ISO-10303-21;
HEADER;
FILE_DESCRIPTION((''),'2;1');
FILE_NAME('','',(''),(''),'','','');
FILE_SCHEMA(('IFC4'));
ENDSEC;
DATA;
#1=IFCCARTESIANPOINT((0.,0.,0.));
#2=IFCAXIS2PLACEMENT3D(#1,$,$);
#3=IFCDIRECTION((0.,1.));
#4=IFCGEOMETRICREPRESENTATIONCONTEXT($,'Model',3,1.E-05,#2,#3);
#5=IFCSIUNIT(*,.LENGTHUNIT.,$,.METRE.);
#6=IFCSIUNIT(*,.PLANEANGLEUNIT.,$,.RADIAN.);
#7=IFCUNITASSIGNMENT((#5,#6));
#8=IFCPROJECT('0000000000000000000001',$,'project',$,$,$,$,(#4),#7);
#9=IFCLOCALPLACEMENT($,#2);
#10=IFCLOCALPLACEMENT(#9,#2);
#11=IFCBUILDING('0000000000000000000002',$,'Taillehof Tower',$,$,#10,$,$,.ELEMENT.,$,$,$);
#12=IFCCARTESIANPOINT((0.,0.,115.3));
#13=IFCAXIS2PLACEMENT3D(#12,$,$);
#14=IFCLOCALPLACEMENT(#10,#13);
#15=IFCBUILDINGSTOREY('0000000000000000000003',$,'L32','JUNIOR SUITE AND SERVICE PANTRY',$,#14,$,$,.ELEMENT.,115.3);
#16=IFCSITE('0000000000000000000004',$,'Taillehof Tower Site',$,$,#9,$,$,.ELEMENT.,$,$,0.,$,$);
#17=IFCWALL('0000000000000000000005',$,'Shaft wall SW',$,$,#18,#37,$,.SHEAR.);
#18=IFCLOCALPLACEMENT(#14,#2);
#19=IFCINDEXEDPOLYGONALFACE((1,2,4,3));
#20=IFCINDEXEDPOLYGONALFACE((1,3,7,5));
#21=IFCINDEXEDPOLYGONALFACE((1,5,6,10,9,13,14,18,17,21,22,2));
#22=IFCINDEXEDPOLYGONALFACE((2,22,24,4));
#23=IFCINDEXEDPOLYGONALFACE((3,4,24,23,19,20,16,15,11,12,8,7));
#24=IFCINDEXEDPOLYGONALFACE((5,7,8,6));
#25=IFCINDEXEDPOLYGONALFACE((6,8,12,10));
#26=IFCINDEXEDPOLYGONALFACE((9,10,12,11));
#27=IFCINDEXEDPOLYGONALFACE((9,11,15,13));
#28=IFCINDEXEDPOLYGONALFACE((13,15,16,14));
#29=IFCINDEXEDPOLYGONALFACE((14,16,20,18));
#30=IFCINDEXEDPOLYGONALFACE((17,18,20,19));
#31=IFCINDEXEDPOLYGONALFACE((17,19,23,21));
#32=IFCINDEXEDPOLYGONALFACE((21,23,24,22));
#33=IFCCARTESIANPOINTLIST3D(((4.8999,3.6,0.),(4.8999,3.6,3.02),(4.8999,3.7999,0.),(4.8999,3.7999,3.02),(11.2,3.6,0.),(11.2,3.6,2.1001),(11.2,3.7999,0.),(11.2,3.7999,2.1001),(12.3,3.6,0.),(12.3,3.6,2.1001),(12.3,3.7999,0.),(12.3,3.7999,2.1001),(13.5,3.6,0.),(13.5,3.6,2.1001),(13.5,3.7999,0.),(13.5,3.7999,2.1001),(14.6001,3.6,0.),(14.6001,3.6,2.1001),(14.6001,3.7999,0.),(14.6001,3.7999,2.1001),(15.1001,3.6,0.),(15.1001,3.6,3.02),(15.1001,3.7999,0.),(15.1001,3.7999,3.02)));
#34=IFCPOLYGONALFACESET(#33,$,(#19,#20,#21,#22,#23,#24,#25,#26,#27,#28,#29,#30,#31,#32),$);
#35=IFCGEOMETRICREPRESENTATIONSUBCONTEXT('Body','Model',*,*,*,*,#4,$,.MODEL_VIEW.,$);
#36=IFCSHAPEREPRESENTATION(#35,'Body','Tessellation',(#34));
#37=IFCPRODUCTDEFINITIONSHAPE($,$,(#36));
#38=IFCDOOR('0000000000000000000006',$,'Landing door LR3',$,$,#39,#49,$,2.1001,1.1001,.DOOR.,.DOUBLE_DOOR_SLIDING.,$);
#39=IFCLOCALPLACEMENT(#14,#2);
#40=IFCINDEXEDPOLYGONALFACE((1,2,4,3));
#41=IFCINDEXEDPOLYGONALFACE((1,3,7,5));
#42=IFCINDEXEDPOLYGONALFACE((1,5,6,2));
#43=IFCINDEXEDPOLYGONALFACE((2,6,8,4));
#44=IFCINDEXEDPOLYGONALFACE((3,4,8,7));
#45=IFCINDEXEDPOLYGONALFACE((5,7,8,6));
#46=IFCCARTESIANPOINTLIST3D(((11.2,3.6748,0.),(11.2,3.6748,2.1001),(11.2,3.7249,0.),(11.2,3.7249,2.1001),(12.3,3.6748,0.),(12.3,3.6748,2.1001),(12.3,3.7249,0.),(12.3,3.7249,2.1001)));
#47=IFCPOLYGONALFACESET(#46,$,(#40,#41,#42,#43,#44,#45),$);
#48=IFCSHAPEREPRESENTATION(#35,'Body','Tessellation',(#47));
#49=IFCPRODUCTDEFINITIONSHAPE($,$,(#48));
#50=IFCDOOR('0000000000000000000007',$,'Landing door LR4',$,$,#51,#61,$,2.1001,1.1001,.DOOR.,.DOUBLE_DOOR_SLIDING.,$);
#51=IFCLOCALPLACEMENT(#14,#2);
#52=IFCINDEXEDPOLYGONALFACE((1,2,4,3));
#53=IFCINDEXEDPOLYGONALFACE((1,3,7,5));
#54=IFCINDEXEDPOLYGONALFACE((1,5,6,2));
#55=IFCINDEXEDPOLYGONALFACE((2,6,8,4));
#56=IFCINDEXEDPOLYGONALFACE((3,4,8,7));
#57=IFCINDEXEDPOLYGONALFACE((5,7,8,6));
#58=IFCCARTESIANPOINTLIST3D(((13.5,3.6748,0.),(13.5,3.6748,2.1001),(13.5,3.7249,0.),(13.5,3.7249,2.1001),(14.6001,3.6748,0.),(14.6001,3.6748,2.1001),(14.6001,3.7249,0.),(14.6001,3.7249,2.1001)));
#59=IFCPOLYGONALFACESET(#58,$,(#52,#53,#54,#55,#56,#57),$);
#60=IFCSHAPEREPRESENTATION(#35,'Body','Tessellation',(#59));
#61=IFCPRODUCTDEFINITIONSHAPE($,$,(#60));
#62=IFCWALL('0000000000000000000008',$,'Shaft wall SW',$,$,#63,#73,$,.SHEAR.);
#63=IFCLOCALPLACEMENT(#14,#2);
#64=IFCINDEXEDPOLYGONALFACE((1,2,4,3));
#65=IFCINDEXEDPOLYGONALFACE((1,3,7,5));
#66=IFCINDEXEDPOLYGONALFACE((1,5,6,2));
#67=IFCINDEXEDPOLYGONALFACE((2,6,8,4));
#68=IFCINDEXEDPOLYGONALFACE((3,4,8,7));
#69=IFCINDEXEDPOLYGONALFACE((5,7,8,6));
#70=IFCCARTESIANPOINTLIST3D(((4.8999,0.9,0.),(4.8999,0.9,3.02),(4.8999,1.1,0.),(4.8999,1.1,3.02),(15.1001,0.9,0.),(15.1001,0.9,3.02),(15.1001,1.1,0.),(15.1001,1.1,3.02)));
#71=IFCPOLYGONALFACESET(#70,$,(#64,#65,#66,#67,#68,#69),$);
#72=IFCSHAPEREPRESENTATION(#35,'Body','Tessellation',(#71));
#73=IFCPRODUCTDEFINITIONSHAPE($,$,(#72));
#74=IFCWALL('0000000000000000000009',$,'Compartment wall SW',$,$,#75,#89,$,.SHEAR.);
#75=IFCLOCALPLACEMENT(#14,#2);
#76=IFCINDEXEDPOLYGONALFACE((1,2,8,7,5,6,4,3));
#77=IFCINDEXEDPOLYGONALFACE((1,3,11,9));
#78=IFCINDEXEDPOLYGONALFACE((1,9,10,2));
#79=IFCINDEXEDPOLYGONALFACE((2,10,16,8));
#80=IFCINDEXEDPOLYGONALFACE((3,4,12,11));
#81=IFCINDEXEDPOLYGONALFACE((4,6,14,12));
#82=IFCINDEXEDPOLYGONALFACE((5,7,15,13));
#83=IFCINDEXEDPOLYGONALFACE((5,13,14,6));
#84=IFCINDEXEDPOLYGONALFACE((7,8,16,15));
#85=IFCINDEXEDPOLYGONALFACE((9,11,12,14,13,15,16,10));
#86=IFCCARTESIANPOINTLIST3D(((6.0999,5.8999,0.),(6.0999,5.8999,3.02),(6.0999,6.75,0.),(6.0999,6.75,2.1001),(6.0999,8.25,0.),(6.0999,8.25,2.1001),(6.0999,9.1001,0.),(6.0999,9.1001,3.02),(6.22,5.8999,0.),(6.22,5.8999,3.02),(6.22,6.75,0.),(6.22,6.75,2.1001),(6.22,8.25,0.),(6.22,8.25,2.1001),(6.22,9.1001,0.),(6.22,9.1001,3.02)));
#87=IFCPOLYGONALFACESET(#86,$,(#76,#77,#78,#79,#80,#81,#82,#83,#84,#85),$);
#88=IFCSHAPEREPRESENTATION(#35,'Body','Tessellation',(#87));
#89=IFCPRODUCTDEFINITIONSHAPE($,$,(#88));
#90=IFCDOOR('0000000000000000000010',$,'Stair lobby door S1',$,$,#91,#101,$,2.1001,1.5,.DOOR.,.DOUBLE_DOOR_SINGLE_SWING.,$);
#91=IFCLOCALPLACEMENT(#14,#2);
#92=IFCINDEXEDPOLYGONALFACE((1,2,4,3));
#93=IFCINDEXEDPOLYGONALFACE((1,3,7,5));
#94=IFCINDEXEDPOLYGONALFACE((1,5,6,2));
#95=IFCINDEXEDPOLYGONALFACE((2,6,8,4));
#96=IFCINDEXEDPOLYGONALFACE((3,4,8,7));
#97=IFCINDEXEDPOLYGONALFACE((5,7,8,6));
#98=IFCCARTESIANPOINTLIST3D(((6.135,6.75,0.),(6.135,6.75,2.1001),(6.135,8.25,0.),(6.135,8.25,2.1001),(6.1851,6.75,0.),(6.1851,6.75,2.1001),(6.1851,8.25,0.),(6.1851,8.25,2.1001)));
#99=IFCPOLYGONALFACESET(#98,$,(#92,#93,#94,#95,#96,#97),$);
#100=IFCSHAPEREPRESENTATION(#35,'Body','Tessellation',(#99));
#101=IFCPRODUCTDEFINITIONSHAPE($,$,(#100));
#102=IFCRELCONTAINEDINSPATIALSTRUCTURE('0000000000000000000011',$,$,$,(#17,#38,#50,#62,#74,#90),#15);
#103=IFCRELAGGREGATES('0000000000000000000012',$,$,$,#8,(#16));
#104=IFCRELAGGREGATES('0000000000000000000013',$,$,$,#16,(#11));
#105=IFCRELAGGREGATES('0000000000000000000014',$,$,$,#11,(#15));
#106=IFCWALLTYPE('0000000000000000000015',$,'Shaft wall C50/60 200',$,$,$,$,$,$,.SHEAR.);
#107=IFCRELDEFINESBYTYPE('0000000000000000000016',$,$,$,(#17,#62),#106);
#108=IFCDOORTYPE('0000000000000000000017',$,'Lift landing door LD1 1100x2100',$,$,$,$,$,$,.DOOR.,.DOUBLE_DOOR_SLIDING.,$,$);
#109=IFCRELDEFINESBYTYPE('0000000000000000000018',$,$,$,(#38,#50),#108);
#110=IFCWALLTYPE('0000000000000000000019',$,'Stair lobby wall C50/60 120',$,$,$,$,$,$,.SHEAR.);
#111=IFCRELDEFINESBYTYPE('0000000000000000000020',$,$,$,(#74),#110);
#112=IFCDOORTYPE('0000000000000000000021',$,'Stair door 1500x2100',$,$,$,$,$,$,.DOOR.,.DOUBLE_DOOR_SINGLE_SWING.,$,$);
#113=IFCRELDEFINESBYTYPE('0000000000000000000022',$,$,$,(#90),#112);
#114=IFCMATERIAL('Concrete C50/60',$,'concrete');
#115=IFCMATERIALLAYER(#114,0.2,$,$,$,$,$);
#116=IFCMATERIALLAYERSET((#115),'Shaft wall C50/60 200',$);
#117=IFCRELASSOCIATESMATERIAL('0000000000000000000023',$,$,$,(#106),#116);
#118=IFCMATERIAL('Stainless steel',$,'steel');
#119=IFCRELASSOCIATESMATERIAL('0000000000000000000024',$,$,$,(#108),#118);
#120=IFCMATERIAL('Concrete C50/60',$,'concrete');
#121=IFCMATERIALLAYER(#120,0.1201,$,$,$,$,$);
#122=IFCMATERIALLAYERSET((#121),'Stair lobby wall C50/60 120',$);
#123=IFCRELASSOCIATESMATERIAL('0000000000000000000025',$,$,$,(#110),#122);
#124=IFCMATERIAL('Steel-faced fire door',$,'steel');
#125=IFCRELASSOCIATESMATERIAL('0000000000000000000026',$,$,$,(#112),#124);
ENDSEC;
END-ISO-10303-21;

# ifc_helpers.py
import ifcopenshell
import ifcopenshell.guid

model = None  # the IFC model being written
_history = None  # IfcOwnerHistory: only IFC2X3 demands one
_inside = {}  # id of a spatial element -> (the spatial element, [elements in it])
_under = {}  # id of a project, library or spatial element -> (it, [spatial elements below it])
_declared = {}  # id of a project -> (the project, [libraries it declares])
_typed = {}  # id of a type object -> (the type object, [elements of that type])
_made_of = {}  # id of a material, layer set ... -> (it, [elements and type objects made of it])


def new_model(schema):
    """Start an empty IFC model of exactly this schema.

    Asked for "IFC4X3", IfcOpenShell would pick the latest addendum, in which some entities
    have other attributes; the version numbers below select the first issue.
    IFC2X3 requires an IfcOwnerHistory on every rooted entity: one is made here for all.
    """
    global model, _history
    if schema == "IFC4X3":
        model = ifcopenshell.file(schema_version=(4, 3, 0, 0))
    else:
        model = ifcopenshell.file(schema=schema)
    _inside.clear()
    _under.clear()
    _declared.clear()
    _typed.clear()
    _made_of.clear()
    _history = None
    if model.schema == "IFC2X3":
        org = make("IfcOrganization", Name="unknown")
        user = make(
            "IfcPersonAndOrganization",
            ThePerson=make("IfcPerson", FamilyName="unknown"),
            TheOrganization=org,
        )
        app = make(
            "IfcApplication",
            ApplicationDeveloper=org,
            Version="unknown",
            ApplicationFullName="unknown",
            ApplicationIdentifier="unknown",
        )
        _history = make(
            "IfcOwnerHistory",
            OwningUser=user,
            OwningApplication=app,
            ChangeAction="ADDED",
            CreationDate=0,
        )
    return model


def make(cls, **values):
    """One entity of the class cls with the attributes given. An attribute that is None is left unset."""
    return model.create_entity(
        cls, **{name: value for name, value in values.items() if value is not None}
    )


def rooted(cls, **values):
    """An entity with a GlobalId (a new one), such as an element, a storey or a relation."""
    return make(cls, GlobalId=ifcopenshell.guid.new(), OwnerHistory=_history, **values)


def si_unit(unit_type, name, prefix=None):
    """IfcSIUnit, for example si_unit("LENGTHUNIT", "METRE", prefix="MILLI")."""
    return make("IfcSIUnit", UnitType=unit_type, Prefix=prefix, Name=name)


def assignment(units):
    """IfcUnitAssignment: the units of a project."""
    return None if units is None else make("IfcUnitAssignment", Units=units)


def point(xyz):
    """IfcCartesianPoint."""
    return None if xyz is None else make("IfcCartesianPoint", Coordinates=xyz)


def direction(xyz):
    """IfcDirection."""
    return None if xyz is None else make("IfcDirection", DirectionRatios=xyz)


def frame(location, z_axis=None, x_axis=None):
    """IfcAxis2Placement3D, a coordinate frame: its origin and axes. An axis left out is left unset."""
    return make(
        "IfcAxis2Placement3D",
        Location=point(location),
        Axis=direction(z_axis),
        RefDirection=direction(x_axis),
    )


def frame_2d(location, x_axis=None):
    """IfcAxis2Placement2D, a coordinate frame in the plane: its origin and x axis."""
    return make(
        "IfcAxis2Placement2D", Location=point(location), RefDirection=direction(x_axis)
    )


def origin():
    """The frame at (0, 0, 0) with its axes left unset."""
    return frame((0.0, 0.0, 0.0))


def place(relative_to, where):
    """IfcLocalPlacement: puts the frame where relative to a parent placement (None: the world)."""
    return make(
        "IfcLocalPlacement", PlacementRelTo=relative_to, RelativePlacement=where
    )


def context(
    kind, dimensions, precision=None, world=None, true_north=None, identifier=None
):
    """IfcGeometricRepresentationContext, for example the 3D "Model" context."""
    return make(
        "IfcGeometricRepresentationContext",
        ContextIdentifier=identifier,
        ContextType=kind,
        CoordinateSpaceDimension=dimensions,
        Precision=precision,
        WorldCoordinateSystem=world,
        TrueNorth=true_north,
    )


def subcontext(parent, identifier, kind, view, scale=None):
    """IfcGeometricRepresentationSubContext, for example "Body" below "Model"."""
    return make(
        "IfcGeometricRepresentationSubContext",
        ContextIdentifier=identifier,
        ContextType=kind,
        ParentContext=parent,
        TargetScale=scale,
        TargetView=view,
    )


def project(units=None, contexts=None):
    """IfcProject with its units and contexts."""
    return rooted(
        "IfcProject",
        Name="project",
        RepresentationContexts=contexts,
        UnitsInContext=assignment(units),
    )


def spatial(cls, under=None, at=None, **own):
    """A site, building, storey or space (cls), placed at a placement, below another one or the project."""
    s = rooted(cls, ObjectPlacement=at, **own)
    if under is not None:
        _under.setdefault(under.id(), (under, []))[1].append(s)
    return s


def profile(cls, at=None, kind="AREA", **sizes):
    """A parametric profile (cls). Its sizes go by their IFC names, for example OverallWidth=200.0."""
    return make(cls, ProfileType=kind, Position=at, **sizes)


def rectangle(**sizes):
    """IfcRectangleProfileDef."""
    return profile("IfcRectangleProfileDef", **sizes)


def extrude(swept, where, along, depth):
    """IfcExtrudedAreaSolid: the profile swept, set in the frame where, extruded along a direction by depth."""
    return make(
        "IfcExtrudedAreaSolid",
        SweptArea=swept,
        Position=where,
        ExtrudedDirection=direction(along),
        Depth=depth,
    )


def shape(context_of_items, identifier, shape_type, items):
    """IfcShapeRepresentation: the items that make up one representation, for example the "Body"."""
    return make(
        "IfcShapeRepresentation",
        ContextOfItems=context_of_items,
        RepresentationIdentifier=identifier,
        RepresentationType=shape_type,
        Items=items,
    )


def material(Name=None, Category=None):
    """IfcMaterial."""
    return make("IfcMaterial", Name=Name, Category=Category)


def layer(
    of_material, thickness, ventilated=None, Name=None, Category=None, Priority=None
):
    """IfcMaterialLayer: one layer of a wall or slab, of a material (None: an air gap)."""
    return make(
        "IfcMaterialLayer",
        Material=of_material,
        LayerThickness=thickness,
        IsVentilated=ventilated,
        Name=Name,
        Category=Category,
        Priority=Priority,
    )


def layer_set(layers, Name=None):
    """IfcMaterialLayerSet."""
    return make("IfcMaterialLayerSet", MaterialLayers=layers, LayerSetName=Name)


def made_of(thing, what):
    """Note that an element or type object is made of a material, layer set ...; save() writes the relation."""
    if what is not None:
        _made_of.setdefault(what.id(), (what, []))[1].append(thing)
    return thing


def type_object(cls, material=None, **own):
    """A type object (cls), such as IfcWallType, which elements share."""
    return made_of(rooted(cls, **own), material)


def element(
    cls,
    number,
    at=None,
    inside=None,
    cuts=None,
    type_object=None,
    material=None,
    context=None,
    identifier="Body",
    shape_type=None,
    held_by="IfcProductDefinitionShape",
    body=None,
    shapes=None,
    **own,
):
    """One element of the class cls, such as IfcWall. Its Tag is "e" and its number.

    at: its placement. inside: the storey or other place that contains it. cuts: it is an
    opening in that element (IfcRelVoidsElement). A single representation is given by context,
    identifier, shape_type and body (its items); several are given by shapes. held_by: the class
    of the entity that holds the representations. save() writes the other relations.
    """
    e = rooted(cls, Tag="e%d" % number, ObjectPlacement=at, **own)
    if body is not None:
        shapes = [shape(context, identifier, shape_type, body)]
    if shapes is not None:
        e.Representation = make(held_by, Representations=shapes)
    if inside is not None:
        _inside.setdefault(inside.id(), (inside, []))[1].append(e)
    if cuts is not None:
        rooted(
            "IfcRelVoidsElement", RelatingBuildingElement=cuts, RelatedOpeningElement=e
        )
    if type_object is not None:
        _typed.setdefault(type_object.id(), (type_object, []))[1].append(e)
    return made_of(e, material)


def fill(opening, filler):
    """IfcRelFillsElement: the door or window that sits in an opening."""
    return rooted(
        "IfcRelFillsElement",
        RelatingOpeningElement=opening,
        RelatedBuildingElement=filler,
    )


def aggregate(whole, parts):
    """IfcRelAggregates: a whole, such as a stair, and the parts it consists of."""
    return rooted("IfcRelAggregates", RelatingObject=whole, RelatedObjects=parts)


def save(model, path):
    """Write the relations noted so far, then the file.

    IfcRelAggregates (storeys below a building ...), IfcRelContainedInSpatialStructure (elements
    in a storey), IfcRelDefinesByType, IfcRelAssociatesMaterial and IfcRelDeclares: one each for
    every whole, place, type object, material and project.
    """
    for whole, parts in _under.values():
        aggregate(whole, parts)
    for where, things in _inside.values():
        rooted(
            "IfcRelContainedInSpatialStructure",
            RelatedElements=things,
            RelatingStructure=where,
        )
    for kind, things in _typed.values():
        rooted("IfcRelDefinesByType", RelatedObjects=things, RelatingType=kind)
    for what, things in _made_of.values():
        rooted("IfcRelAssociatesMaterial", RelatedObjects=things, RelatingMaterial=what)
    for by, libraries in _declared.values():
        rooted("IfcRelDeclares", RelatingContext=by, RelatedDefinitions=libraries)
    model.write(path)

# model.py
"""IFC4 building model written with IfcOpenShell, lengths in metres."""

from ifc_helpers import new_model, si_unit, direction, frame, frame_2d, origin, place, context, subcontext, project, spatial, rectangle, extrude, material, layer, layer_set, type_object, element, fill, save


model = new_model("IFC4")

# Units and contexts
model_context = context("Model", 3, precision=1e-05, world=origin(), true_north=direction((0.0, 1.0)))
body_context = subcontext(model_context, "Body", "Model", "MODEL_VIEW")
ifc_project = project(units=[si_unit("LENGTHUNIT", "METRE"), si_unit("PLANEANGLEUNIT", "RADIAN")], contexts=[model_context])

# Site, building, storey
site_placement = place(None, origin())
site = spatial("IfcSite", under=ifc_project, at=site_placement, Name="Taillehof Tower Site", CompositionType="ELEMENT", RefElevation=0.0)
building_placement = place(site_placement, origin())
building = spatial("IfcBuilding", under=site, at=building_placement, Name="Taillehof Tower", CompositionType="ELEMENT")
storey_placement = place(building_placement, frame((0.0, 0.0, 115.3)))
storey = spatial("IfcBuildingStorey", under=building, at=storey_placement, Name="L32", Description="JUNIOR SUITE AND SERVICE PANTRY", CompositionType="ELEMENT", Elevation=115.3)

# Wall, openings, doors
ifc_material_1 = material(Name="Concrete C50/60", Category="concrete")
ifc_layer_1 = layer(ifc_material_1, 0.2)
ifc_layer_set_1 = layer_set([ifc_layer_1], Name="Shaft wall C50/60 200")
wall_type_1 = type_object("IfcWallType", Name="Shaft wall C50/60 200", PredefinedType="SHEAR", material=ifc_layer_set_1)
ifc_material_2 = material(Name="Stainless steel", Category="steel")
door_type_1 = type_object("IfcDoorType", Name="Lift landing door LD1 1100x2100", OperationType="DOUBLE_DOOR_SLIDING", PredefinedType="DOOR", material=ifc_material_2)
wall_1_placement = place(storey_placement, frame((4.8999, 3.7, 0.0), z_axis=(0.0, 0.0, 1.0), x_axis=(1.0, 0.0, 0.0)))
wall_1 = element("IfcWall", 1, at=wall_1_placement, inside=storey, type_object=wall_type_1, Name="Shaft wall SW", PredefinedType="SHEAR", context=body_context, shape_type="SweptSolid", body=[
    extrude(rectangle(XDim=10.2002, YDim=0.2, at=frame_2d((5.1001, 0.0))), origin(), (0.0, 0.0, 1.0), 3.02),
])
opening_1_placement = place(wall_1_placement, frame((6.3, 0.0, 0.0)))
opening_1 = element("IfcOpeningElement", 2, at=opening_1_placement, cuts=wall_1, PredefinedType="OPENING", context=body_context, shape_type="SweptSolid", body=[
    extrude(rectangle(XDim=1.1001, YDim=2.1001, at=frame_2d((0.55, 1.05))), frame((0.0, 0.1099, 0.0), z_axis=(0.0, -1.0, 0.0), x_axis=(1.0, 0.0, 0.0)), (0.0, 0.0, 1.0), 0.22),
])
opening_2_placement = place(wall_1_placement, frame((8.6001, 0.0, 0.0)))
opening_2 = element("IfcOpeningElement", 3, at=opening_2_placement, cuts=wall_1, PredefinedType="OPENING", context=body_context, shape_type="SweptSolid", body=[
    extrude(rectangle(XDim=1.1001, YDim=2.1001, at=frame_2d((0.55, 1.05))), frame((0.0, 0.1099, 0.0), z_axis=(0.0, -1.0, 0.0), x_axis=(1.0, 0.0, 0.0)), (0.0, 0.0, 1.0), 0.22),
])
door_1_placement = place(opening_1_placement, origin())
door_1 = element("IfcDoor", 4, at=door_1_placement, inside=storey, type_object=door_type_1, Name="Landing door LR3", OperationType="DOUBLE_DOOR_SLIDING", OverallHeight=2.1001, OverallWidth=1.1001, PredefinedType="DOOR", context=body_context, shape_type="SweptSolid", body=[
    extrude(rectangle(XDim=1.1001, YDim=2.1001, at=frame_2d((0.55, 1.05))), frame((0.0, 0.0249, 0.0), z_axis=(0.0, -1.0, 0.0), x_axis=(1.0, 0.0, 0.0)), (0.0, 0.0, 1.0), 0.05),
])
fill(opening_1, door_1)
door_2_placement = place(opening_2_placement, origin())
door_2 = element("IfcDoor", 5, at=door_2_placement, inside=storey, type_object=door_type_1, Name="Landing door LR4", OperationType="DOUBLE_DOOR_SLIDING", OverallHeight=2.1001, OverallWidth=1.1001, PredefinedType="DOOR", context=body_context, shape_type="SweptSolid", body=[
    extrude(rectangle(XDim=1.1001, YDim=2.1001, at=frame_2d((0.55, 1.05))), frame((0.0, 0.0249, 0.0), z_axis=(0.0, -1.0, 0.0), x_axis=(1.0, 0.0, 0.0)), (0.0, 0.0, 1.0), 0.05),
])
fill(opening_2, door_2)

# Wall
wall_2_placement = place(storey_placement, frame((4.8999, 1.0, 0.0), z_axis=(0.0, 0.0, 1.0), x_axis=(1.0, 0.0, 0.0)))
element("IfcWall", 6, at=wall_2_placement, inside=storey, type_object=wall_type_1, Name="Shaft wall SW", PredefinedType="SHEAR", context=body_context, shape_type="SweptSolid", body=[
    extrude(rectangle(XDim=10.2002, YDim=0.2, at=frame_2d((5.1001, 0.0))), origin(), (0.0, 0.0, 1.0), 3.02),
])

# Wall, opening, door
ifc_material_3 = material(Name="Concrete C50/60", Category="concrete")
ifc_layer_2 = layer(ifc_material_3, 0.1201)
ifc_layer_set_2 = layer_set([ifc_layer_2], Name="Stair lobby wall C50/60 120")
wall_type_2 = type_object("IfcWallType", Name="Stair lobby wall C50/60 120", PredefinedType="SHEAR", material=ifc_layer_set_2)
wall_3_placement = place(storey_placement, frame((6.1599, 5.8999, 0.0), z_axis=(0.0, 0.0, 1.0), x_axis=(0.0, 1.0, 0.0)))
wall_3 = element("IfcWall", 7, at=wall_3_placement, inside=storey, type_object=wall_type_2, Name="Compartment wall SW", PredefinedType="SHEAR", context=body_context, shape_type="SweptSolid", body=[
    extrude(rectangle(XDim=3.2002, YDim=0.1201, at=frame_2d((1.6001, 0.0))), origin(), (0.0, 0.0, 1.0), 3.02),
])
opening_3_placement = place(wall_3_placement, frame((0.8501, 0.0, 0.0)))
opening_3 = element("IfcOpeningElement", 8, at=opening_3_placement, cuts=wall_3, PredefinedType="OPENING", context=body_context, shape_type="SweptSolid", body=[
    extrude(rectangle(XDim=1.5, YDim=2.1001, at=frame_2d((0.75, 1.05))), frame((0.0, 0.0701, 0.0), z_axis=(0.0, -1.0, 0.0), x_axis=(1.0, 0.0, 0.0)), (0.0, 0.0, 1.0), 0.1401),
])
ifc_material_4 = material(Name="Steel-faced fire door", Category="steel")
door_type_2 = type_object("IfcDoorType", Name="Stair door 1500x2100", OperationType="DOUBLE_DOOR_SINGLE_SWING", PredefinedType="DOOR", material=ifc_material_4)
door_3_placement = place(opening_3_placement, origin())
door_3 = element("IfcDoor", 9, at=door_3_placement, inside=storey, type_object=door_type_2, Name="Stair lobby door S1", OperationType="DOUBLE_DOOR_SINGLE_SWING", OverallHeight=2.1001, OverallWidth=1.5, PredefinedType="DOOR", context=body_context, shape_type="SweptSolid", body=[
    extrude(rectangle(XDim=1.5, YDim=2.1001, at=frame_2d((0.75, 1.05))), frame((0.0, 0.0249, 0.0), z_axis=(0.0, -1.0, 0.0), x_axis=(1.0, 0.0, 0.0)), (0.0, 0.0, 1.0), 0.05),
])
fill(opening_3, door_3)

save(model, "model.ifc")
